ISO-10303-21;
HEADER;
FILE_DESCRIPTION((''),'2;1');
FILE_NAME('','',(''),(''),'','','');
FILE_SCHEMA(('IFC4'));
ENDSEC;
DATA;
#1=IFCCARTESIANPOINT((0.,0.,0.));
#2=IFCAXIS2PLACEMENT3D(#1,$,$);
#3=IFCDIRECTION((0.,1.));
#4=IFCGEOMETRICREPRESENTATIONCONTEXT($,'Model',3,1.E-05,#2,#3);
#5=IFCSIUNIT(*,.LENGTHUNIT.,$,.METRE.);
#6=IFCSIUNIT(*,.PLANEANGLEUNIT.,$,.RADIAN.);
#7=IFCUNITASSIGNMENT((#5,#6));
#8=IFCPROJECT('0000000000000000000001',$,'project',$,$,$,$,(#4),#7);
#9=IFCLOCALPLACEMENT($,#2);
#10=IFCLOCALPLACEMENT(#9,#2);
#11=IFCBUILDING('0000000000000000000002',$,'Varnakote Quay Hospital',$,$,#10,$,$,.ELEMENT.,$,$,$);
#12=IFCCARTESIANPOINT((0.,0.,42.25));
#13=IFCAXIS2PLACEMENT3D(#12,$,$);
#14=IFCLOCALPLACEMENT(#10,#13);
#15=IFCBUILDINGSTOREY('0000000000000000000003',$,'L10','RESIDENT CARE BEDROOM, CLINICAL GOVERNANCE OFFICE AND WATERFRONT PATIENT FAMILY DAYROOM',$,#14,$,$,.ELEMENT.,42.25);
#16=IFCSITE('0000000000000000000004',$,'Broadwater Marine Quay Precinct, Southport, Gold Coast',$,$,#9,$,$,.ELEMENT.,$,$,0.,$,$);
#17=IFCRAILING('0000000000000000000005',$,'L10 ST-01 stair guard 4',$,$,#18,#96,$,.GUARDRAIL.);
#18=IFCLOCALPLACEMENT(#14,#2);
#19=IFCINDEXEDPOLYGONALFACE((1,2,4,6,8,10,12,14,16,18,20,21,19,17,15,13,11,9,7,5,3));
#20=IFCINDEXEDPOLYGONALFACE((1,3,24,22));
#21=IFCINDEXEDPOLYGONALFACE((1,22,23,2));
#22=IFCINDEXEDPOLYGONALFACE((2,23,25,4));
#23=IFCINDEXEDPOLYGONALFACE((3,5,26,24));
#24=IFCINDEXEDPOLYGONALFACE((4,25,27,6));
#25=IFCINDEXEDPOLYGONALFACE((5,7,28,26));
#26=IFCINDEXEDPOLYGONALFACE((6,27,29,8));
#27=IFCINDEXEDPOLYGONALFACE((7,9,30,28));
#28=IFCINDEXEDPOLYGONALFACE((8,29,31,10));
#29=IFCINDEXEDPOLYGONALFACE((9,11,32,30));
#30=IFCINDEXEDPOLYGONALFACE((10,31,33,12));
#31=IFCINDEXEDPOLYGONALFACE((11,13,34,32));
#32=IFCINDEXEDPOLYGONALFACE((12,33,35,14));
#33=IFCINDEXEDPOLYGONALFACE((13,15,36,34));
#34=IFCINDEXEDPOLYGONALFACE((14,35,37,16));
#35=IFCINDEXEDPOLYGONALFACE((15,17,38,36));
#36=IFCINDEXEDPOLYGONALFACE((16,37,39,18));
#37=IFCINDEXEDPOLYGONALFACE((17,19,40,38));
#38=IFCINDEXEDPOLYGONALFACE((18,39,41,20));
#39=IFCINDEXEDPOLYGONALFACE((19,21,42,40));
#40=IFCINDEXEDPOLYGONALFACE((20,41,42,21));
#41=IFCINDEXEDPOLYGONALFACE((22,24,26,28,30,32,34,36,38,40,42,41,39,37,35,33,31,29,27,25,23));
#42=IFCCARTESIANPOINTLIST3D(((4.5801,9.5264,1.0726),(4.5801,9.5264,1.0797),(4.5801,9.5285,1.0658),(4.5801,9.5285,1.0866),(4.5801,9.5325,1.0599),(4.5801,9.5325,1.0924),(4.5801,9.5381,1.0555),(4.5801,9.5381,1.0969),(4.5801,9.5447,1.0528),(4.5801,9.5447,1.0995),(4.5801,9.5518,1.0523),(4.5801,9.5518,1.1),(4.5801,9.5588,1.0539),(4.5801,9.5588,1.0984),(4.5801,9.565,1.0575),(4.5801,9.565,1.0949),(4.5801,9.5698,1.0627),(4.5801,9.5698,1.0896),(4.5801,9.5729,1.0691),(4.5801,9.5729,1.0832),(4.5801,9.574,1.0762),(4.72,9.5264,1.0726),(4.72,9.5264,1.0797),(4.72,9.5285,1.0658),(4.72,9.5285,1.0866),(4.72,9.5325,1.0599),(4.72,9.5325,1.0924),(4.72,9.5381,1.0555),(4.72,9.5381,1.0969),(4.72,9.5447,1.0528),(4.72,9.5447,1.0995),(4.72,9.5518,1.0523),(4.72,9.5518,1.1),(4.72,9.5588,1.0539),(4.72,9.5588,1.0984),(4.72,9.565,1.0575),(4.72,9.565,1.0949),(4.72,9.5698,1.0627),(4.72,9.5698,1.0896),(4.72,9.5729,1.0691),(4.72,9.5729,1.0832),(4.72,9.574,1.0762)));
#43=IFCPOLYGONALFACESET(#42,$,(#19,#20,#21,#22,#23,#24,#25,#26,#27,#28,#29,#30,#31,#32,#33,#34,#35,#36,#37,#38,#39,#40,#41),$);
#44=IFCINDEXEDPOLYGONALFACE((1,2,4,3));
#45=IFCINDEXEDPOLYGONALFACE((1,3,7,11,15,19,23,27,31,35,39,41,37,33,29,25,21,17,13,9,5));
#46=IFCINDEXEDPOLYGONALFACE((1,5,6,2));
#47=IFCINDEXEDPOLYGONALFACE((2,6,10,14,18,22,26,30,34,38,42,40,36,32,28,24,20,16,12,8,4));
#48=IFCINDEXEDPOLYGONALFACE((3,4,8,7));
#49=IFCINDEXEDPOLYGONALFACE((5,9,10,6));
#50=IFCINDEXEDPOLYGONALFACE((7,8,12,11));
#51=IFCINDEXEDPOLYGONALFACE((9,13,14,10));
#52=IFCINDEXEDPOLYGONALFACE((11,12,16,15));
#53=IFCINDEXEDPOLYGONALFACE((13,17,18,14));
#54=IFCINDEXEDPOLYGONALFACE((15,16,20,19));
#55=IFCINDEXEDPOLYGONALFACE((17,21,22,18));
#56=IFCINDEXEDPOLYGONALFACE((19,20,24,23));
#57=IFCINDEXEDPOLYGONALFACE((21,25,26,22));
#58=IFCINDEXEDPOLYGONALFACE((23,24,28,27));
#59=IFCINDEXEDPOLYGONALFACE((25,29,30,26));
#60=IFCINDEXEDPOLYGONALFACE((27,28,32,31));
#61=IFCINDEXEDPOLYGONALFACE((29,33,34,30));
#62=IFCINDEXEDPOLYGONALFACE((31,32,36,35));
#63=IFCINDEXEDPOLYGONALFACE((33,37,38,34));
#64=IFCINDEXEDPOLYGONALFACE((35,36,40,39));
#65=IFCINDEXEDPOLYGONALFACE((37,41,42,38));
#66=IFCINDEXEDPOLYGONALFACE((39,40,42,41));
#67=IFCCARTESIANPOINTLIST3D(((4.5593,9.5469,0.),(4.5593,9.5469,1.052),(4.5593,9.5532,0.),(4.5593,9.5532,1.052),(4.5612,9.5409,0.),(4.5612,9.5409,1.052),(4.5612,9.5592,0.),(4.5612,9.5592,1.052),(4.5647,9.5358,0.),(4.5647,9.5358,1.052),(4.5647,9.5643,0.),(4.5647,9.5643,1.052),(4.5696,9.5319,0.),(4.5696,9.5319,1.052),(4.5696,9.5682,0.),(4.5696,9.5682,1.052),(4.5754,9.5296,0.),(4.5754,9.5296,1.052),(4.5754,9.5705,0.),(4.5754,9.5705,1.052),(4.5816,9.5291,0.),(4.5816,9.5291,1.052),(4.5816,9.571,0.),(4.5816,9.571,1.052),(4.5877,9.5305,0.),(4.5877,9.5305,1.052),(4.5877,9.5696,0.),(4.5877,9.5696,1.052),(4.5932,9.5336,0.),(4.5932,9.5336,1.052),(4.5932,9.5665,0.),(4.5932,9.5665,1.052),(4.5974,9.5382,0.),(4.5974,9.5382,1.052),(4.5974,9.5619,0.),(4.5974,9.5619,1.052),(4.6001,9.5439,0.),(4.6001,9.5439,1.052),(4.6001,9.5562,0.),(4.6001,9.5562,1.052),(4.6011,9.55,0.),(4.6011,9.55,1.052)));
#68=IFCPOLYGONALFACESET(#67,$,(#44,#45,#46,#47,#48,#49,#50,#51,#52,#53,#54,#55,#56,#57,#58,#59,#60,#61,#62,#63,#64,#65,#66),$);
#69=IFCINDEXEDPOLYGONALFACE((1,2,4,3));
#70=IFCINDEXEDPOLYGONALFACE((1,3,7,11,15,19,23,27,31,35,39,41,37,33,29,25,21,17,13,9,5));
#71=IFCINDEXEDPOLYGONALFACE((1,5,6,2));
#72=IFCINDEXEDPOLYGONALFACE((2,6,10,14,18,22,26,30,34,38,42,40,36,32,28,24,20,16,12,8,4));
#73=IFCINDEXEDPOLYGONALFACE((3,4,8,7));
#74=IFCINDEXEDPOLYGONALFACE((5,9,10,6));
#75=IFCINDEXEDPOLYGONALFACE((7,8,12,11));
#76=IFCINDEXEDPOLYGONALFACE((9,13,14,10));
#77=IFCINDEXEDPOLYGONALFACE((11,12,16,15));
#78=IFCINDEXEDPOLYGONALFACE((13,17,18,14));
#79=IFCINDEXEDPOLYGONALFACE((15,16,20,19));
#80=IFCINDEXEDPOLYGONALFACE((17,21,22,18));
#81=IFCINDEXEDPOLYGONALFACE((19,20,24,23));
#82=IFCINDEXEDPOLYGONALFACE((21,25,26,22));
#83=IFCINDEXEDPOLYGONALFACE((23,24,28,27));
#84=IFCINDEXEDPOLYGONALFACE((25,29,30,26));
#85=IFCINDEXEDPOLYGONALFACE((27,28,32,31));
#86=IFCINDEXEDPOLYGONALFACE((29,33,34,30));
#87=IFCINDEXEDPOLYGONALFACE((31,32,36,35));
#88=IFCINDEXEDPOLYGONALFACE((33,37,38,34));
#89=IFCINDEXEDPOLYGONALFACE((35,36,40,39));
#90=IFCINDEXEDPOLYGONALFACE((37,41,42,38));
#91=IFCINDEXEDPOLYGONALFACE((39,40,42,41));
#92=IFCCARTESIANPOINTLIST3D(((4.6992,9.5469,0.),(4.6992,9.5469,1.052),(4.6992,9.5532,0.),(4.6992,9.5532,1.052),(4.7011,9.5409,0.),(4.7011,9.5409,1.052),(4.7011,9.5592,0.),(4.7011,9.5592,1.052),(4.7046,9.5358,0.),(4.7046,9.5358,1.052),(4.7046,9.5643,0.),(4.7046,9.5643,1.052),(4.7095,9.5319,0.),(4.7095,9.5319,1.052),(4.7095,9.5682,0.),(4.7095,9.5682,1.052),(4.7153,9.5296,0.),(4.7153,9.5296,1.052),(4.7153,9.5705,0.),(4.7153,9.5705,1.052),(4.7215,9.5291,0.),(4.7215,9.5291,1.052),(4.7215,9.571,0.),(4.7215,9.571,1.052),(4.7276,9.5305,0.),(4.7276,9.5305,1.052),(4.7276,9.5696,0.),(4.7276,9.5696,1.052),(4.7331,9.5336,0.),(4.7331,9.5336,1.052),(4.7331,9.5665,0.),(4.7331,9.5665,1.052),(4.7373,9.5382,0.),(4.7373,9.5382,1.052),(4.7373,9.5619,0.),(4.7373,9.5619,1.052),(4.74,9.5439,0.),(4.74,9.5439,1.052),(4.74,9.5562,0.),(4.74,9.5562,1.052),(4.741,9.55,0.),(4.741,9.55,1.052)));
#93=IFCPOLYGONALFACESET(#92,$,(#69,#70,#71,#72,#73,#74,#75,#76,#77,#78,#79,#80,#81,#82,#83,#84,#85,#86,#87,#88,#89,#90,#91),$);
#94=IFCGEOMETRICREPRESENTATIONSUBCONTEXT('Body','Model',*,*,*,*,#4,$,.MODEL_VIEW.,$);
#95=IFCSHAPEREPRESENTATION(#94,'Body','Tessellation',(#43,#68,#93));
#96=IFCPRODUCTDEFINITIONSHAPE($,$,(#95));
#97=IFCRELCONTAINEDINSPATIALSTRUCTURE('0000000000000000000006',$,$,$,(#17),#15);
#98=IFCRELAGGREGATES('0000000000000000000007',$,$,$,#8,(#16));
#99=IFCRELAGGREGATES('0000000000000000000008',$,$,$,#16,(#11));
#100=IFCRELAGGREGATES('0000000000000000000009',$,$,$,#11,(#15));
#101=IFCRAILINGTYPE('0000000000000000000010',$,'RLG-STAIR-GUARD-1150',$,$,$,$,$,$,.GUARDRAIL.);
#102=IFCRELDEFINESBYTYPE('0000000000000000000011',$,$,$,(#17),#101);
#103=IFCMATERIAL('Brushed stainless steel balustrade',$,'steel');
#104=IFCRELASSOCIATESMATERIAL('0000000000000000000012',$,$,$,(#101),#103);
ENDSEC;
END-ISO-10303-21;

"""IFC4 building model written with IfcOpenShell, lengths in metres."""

from ifc_helpers import new_model, si_unit, direction, frame, origin, origin_2d, place, context, subcontext, project, spatial, circle, extrude, material, type_object, element, save


model = new_model("IFC4")

# Units and contexts
model_context = context("Model", 3, precision=1e-05, world=origin(), true_north=direction((0.0, 1.0)))
body_context = subcontext(model_context, "Body", "Model", "MODEL_VIEW")
ifc_project = project(units=[si_unit("LENGTHUNIT", "METRE"), si_unit("PLANEANGLEUNIT", "RADIAN")], contexts=[model_context])

# Site, building, storey
site_placement = place(None, origin())
site = spatial("IfcSite", under=ifc_project, at=site_placement, Name="Broadwater Marine Quay Precinct, Southport, Gold Coast", CompositionType="ELEMENT", RefElevation=0.0)
building_placement = place(site_placement, origin())
building = spatial("IfcBuilding", under=site, at=building_placement, Name="Varnakote Quay Hospital", CompositionType="ELEMENT")
storey_placement = place(building_placement, frame((0.0, 0.0, 42.25)))
storey = spatial("IfcBuildingStorey", under=building, at=storey_placement, Name="L10", Description="RESIDENT CARE BEDROOM, CLINICAL GOVERNANCE OFFICE AND WATERFRONT PATIENT FAMILY DAYROOM", CompositionType="ELEMENT", Elevation=42.25)

# Railing
ifc_material_1 = material(Name="Brushed stainless steel balustrade", Category="steel")
railing_type_1 = type_object("IfcRailingType", Name="RLG-STAIR-GUARD-1150", PredefinedType="GUARDRAIL", material=ifc_material_1)
railing_1_placement = place(storey_placement, frame((4.5801, 9.55, 0.0)))
element("IfcRailing", 1, at=railing_1_placement, inside=storey, type_object=railing_type_1, Name="L10 ST-01 stair guard 4", PredefinedType="GUARDRAIL", context=body_context, shape_type="SweptSolid", body=[
    extrude(circle(Radius=0.0239, at=origin_2d()), frame((0.0, 0.0, 1.0762), z_axis=(1.0, 0.0, 0.0), x_axis=(0.0, 1.0, 0.0)), (0.0, 0.0, 1.0), 0.1399),
    extrude(circle(Radius=0.021, at=origin_2d()), origin(), (0.0, 0.0, 1.0), 1.052),
    extrude(circle(Radius=0.021, at=origin_2d()), frame((0.1399, 0.0, 0.0)), (0.0, 0.0, 1.0), 1.052),
])

save(model, "model.ifc")
